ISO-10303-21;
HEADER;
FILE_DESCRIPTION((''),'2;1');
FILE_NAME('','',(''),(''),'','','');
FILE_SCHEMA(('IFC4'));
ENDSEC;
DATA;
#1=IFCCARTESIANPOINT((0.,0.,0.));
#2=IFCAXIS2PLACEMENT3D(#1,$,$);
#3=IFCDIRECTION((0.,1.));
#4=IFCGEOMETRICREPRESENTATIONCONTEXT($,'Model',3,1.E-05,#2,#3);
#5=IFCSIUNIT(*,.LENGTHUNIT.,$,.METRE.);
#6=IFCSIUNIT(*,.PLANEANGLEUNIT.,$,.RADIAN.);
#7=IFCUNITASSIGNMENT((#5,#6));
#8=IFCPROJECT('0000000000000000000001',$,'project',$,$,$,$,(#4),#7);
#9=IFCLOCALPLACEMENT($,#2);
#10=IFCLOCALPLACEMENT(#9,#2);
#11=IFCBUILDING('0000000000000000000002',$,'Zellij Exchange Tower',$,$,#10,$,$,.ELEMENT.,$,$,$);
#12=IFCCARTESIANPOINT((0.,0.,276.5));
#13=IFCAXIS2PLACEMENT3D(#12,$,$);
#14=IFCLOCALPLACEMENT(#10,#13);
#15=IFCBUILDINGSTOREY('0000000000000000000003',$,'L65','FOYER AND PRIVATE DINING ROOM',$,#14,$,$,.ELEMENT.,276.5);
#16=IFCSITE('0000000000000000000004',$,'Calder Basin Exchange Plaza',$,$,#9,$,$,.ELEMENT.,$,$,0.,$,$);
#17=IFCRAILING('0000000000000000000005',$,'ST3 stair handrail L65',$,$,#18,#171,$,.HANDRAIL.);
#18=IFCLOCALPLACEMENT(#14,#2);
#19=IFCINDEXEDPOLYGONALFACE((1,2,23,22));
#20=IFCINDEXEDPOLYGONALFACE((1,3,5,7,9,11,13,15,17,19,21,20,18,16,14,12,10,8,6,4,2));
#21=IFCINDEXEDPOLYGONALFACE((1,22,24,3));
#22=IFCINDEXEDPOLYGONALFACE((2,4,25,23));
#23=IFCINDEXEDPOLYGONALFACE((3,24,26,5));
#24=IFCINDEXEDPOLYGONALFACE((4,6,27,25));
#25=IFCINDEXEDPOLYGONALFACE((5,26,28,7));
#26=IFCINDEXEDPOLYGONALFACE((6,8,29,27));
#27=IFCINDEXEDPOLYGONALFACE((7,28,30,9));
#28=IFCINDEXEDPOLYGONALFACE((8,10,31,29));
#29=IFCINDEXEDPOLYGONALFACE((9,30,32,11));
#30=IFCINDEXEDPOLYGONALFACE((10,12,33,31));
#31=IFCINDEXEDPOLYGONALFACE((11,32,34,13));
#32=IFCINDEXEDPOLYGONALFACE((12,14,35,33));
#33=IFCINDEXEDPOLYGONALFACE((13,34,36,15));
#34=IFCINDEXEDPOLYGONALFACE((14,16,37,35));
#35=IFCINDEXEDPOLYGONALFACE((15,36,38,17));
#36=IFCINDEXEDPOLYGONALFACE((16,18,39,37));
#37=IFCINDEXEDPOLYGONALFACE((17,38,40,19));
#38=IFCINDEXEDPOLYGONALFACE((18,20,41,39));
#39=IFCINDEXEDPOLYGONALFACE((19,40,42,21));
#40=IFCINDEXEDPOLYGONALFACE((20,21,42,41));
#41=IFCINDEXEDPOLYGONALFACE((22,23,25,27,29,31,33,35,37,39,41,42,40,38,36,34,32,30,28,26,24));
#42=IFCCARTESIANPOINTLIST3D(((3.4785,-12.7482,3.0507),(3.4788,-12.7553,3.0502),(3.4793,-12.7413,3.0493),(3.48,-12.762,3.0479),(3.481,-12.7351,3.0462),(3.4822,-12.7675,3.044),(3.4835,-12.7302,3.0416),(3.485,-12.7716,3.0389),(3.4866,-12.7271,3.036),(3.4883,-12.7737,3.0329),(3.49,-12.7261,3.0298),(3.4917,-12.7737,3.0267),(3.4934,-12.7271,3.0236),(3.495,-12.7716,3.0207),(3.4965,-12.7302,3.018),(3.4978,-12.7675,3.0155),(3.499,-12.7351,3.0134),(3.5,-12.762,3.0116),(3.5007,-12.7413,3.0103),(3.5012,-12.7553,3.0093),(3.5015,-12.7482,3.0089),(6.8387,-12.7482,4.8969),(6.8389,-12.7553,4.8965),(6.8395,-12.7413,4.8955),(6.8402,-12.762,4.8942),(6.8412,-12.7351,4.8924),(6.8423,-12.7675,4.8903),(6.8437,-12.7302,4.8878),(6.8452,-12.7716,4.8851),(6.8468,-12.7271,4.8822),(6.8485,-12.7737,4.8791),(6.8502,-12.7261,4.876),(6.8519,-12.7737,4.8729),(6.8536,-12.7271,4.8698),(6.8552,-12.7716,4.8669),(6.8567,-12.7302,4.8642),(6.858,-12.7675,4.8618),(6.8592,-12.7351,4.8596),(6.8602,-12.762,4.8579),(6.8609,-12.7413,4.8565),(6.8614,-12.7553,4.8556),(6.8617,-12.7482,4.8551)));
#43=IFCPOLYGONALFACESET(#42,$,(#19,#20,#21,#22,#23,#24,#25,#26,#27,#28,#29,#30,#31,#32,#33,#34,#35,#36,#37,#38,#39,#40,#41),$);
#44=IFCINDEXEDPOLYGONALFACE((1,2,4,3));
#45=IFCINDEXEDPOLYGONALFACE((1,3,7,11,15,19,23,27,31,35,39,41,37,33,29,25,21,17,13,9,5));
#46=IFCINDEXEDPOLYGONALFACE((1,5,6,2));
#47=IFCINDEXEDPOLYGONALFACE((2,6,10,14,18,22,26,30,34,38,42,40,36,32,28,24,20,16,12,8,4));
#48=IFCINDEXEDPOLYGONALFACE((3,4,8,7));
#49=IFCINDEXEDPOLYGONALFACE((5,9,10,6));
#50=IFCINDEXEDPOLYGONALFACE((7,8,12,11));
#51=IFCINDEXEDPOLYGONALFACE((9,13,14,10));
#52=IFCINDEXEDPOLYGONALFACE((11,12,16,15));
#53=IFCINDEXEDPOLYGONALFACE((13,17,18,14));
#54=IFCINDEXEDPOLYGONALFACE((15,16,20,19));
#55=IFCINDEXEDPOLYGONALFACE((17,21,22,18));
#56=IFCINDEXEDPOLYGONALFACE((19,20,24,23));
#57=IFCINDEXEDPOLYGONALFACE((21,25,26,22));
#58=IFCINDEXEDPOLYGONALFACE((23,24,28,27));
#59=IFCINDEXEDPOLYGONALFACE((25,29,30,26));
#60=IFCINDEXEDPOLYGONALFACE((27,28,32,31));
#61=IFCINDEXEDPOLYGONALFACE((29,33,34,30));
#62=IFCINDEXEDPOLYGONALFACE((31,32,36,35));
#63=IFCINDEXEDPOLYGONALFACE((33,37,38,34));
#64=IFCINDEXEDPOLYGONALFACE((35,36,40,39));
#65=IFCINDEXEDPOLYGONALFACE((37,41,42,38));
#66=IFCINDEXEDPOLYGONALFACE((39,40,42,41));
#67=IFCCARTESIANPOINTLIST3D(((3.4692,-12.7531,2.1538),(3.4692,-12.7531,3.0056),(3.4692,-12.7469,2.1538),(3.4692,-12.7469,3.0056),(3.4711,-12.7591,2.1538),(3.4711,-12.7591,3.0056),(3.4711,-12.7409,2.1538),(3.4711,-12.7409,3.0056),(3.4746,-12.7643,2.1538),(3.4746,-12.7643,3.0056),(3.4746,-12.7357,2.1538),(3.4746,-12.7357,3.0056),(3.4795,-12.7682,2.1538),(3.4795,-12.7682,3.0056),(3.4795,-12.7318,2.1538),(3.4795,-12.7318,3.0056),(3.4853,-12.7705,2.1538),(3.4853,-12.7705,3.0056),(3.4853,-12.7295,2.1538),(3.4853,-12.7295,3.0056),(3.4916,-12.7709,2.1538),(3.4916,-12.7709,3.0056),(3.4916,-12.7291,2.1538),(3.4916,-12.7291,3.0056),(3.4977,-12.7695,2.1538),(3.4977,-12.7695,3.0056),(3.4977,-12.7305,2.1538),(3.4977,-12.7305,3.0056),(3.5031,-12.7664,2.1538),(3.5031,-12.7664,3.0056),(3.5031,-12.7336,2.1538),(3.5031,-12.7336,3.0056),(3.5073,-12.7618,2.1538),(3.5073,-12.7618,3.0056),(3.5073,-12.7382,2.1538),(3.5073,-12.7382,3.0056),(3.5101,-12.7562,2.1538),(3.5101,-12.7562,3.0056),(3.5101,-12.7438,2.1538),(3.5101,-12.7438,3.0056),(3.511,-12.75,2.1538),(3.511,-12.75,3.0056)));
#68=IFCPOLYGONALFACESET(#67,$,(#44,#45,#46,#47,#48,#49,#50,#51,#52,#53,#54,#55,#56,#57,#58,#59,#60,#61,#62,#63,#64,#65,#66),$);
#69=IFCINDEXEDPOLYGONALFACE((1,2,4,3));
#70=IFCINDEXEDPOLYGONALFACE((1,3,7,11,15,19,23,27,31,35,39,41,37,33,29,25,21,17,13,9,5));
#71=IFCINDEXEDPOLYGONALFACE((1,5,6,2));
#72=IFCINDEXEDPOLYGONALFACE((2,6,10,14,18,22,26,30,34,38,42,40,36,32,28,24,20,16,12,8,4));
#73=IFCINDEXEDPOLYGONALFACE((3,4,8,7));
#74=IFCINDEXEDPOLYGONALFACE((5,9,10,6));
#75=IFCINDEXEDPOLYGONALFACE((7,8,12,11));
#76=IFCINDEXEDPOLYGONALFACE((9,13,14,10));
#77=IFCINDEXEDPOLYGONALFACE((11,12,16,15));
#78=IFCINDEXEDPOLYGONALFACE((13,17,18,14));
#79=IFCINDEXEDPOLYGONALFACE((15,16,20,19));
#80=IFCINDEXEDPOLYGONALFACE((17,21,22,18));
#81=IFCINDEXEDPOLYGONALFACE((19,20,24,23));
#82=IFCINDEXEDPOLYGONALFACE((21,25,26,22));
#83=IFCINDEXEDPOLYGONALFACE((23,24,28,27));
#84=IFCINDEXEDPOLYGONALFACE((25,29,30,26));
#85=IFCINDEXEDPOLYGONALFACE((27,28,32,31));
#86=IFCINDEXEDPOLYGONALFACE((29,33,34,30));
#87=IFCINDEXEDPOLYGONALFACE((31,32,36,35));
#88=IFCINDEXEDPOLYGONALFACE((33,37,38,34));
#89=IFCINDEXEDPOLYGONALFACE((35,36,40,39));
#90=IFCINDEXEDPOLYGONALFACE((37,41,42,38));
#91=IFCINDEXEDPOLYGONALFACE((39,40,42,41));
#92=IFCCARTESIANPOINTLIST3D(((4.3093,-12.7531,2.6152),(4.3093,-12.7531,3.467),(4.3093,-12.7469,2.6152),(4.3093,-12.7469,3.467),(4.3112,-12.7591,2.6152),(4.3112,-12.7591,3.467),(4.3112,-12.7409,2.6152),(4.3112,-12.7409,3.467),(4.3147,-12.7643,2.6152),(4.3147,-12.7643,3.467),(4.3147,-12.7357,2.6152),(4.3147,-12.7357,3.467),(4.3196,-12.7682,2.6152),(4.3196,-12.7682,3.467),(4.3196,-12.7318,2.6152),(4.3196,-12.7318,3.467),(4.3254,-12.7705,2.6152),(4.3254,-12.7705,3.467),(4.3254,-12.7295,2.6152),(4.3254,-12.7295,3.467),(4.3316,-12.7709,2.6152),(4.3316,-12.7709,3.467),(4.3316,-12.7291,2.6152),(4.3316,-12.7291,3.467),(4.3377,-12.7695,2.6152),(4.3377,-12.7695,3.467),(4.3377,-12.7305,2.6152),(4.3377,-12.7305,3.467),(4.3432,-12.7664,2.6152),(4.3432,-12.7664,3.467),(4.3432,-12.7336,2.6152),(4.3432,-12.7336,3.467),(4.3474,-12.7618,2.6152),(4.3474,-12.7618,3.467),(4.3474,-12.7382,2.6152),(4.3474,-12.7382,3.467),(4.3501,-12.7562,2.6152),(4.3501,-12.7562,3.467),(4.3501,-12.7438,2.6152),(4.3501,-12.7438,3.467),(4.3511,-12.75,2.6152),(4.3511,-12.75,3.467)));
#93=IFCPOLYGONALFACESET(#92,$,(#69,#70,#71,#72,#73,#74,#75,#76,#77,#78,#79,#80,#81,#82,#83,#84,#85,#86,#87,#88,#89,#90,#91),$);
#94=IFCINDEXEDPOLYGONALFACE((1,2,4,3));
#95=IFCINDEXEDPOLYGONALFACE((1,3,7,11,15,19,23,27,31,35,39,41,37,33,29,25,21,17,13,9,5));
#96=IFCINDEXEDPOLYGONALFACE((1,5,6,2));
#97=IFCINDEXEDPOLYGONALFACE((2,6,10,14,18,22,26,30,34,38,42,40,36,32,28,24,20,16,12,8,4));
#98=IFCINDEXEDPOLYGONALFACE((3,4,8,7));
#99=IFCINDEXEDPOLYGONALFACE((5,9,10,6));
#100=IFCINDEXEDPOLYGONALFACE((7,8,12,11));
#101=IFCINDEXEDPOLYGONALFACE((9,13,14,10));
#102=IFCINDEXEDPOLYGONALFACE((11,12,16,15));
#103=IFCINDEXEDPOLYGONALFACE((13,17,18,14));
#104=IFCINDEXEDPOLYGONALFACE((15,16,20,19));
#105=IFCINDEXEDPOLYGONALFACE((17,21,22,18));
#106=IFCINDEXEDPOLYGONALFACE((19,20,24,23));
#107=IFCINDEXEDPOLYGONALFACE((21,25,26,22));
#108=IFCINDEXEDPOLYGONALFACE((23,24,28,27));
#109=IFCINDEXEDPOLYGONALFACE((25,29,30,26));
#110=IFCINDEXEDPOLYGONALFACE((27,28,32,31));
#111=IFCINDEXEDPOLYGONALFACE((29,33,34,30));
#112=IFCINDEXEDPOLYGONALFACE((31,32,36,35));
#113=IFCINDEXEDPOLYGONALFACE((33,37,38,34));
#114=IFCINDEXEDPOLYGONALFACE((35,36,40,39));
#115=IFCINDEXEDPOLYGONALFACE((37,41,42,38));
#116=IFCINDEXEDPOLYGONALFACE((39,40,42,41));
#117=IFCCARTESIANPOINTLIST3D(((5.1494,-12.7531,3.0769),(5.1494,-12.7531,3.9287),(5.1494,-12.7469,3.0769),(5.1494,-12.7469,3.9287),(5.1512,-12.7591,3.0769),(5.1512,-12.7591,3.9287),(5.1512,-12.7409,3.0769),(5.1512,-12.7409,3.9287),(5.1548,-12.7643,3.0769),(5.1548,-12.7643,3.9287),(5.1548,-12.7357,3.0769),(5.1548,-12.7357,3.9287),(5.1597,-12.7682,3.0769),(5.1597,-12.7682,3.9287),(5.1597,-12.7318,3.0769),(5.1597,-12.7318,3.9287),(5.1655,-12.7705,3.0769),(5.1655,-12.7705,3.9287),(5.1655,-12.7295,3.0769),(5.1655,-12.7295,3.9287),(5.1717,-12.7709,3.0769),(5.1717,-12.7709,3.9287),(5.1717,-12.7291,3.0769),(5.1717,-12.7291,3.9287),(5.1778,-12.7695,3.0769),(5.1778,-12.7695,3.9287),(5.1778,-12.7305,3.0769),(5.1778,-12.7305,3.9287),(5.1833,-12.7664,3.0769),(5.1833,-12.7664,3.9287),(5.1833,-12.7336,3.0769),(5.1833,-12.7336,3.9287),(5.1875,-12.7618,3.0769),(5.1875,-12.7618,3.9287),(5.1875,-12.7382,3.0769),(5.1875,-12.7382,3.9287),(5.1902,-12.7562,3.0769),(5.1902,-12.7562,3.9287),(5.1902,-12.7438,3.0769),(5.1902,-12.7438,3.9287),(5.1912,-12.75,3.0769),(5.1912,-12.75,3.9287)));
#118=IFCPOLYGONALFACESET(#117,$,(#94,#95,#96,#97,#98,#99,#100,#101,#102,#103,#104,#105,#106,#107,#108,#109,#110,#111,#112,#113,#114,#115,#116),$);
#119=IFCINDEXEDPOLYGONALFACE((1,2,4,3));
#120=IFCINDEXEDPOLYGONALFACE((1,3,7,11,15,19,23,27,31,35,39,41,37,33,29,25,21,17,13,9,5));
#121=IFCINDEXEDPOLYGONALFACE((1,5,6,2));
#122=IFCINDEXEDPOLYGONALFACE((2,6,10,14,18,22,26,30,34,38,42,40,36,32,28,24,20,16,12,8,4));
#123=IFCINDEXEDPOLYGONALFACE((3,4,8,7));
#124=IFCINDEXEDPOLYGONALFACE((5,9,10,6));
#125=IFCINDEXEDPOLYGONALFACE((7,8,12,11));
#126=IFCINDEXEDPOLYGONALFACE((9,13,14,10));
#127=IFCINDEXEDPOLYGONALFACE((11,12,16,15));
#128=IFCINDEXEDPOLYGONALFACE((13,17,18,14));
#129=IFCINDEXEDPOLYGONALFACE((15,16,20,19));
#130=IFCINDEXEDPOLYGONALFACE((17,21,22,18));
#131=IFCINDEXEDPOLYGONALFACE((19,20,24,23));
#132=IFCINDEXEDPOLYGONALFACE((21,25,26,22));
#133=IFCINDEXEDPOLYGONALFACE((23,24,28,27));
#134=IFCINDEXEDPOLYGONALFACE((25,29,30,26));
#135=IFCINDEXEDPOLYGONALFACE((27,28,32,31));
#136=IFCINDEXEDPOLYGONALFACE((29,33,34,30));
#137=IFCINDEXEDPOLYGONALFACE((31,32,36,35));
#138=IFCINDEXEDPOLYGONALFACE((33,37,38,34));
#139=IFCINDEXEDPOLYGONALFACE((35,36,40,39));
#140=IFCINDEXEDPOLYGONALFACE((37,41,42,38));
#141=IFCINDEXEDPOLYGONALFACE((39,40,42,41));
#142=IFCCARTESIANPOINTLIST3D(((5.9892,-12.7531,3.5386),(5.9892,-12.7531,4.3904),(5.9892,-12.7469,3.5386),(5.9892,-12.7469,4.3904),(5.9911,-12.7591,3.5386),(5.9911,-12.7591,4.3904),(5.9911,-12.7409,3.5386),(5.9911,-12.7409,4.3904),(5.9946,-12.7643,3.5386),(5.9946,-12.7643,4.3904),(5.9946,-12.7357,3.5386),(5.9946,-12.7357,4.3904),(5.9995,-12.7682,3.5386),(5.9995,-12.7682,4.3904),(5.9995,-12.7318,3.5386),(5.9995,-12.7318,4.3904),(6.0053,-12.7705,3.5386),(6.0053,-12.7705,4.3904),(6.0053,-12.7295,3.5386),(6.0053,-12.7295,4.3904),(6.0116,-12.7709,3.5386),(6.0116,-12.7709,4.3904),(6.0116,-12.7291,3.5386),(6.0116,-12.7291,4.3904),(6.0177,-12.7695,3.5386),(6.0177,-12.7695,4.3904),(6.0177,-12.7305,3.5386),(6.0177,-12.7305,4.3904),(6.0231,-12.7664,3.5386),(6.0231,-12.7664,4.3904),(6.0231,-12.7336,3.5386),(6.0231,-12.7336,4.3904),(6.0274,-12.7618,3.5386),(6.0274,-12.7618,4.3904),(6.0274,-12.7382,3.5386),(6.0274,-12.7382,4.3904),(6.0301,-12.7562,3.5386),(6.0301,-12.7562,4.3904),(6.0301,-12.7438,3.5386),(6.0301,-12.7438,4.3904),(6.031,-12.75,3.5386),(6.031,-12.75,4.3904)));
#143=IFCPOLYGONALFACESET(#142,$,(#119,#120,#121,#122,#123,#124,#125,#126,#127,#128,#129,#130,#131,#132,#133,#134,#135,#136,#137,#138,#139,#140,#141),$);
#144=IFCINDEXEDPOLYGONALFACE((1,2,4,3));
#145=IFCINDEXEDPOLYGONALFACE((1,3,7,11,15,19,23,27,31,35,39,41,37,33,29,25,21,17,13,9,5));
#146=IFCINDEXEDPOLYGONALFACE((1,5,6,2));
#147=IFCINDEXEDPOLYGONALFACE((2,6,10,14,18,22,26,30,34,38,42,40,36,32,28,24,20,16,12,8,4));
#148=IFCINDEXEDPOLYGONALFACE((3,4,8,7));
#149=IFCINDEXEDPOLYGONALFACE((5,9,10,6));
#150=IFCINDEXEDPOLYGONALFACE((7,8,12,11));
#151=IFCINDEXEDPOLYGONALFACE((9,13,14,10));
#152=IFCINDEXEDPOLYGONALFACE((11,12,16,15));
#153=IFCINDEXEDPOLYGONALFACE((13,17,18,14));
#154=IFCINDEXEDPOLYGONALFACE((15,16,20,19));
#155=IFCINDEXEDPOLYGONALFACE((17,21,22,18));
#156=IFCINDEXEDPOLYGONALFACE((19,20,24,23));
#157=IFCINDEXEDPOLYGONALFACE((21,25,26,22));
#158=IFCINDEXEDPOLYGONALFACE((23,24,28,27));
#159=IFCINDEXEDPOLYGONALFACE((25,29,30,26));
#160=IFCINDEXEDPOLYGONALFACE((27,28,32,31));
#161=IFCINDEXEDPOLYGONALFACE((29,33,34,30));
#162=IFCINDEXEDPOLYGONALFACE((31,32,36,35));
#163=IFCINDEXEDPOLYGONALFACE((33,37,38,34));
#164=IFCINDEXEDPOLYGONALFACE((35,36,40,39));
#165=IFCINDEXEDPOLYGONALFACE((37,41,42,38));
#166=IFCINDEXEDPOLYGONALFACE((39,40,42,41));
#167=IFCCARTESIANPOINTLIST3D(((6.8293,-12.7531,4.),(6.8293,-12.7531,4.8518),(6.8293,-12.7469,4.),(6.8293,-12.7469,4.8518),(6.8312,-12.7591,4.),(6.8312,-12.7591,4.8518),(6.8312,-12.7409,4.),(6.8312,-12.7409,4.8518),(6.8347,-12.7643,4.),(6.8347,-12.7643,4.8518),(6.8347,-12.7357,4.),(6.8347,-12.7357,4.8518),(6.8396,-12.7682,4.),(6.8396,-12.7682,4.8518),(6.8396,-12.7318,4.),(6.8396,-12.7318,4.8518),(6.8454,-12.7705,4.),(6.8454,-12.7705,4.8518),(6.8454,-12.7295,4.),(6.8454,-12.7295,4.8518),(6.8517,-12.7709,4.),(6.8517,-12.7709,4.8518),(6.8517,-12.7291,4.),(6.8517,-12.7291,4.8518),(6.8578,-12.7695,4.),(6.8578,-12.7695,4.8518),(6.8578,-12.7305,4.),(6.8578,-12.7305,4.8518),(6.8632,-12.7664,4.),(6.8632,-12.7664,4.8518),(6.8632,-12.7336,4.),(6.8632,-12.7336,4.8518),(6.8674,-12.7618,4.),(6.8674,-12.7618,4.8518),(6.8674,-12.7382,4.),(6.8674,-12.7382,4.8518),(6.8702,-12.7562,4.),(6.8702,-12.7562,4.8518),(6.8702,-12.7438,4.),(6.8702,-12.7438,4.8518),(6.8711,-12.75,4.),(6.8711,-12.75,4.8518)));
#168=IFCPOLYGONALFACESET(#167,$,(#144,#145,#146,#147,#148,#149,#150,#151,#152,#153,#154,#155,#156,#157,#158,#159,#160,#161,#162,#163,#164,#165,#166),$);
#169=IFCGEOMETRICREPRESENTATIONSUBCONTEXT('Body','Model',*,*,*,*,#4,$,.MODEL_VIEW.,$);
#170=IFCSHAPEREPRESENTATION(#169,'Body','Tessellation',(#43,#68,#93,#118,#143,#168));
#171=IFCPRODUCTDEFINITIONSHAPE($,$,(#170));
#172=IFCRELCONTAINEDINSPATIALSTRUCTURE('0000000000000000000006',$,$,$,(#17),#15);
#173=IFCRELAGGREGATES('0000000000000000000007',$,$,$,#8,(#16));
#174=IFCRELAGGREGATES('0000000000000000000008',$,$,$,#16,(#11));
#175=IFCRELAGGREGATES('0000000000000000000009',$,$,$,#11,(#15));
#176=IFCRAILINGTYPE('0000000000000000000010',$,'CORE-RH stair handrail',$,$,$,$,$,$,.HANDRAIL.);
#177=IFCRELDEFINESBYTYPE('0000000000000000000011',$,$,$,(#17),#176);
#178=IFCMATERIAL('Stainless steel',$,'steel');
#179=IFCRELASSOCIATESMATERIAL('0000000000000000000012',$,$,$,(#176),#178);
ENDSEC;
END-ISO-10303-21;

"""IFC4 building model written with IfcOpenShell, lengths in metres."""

from ifc_helpers import new_model, si_unit, direction, frame, origin, origin_2d, place, context, subcontext, project, spatial, circle, extrude, material, type_object, element, save


model = new_model("IFC4")

# Units and contexts
model_context = context("Model", 3, precision=1e-05, world=origin(), true_north=direction((0.0, 1.0)))
body_context = subcontext(model_context, "Body", "Model", "MODEL_VIEW")
ifc_project = project(units=[si_unit("LENGTHUNIT", "METRE"), si_unit("PLANEANGLEUNIT", "RADIAN")], contexts=[model_context])

# Site, building, storey
site_placement = place(None, origin())
site = spatial("IfcSite", under=ifc_project, at=site_placement, Name="Calder Basin Exchange Plaza", CompositionType="ELEMENT", RefElevation=0.0)
building_placement = place(site_placement, origin())
building = spatial("IfcBuilding", under=site, at=building_placement, Name="Zellij Exchange Tower", CompositionType="ELEMENT")
storey_placement = place(building_placement, frame((0.0, 0.0, 276.5)))
storey = spatial("IfcBuildingStorey", under=building, at=storey_placement, Name="L65", Description="FOYER AND PRIVATE DINING ROOM", CompositionType="ELEMENT", Elevation=276.5)

# Railing
ifc_material_1 = material(Name="Stainless steel", Category="steel")
railing_type_1 = type_object("IfcRailingType", Name="CORE-RH stair handrail", PredefinedType="HANDRAIL", material=ifc_material_1)
railing_1_placement = place(storey_placement, frame((3.49, -12.75, 2.1538)))
element("IfcRailing", 1, at=railing_1_placement, inside=storey, type_object=railing_type_1, Name="ST3 stair handrail L65", PredefinedType="HANDRAIL", context=body_context, shape_type="SweptSolid", body=[
    extrude(circle(Radius=0.0239, at=origin_2d()), frame((0.0, 0.0, 0.876), z_axis=(0.876422, 0.0, 0.481545), x_axis=(0.0, 1.0, 0.0)), (0.0, 0.0, 1.0), 3.834),
    extrude(circle(Radius=0.021, at=origin_2d()), origin(), (0.0, 0.0, 1.0), 0.8518),
    extrude(circle(Radius=0.021, at=origin_2d()), frame((0.8401, 0.0, 0.4614)), (0.0, 0.0, 1.0), 0.8518),
    extrude(circle(Radius=0.021, at=origin_2d()), frame((1.6802, 0.0, 0.9231)), (0.0, 0.0, 1.0), 0.8518),
    extrude(circle(Radius=0.021, at=origin_2d()), frame((2.52, 0.0, 1.3848)), (0.0, 0.0, 1.0), 0.8518),
    extrude(circle(Radius=0.021, at=origin_2d()), frame((3.3601, 0.0, 1.8462)), (0.0, 0.0, 1.0), 0.8518),
])

save(model, "model.ifc")
